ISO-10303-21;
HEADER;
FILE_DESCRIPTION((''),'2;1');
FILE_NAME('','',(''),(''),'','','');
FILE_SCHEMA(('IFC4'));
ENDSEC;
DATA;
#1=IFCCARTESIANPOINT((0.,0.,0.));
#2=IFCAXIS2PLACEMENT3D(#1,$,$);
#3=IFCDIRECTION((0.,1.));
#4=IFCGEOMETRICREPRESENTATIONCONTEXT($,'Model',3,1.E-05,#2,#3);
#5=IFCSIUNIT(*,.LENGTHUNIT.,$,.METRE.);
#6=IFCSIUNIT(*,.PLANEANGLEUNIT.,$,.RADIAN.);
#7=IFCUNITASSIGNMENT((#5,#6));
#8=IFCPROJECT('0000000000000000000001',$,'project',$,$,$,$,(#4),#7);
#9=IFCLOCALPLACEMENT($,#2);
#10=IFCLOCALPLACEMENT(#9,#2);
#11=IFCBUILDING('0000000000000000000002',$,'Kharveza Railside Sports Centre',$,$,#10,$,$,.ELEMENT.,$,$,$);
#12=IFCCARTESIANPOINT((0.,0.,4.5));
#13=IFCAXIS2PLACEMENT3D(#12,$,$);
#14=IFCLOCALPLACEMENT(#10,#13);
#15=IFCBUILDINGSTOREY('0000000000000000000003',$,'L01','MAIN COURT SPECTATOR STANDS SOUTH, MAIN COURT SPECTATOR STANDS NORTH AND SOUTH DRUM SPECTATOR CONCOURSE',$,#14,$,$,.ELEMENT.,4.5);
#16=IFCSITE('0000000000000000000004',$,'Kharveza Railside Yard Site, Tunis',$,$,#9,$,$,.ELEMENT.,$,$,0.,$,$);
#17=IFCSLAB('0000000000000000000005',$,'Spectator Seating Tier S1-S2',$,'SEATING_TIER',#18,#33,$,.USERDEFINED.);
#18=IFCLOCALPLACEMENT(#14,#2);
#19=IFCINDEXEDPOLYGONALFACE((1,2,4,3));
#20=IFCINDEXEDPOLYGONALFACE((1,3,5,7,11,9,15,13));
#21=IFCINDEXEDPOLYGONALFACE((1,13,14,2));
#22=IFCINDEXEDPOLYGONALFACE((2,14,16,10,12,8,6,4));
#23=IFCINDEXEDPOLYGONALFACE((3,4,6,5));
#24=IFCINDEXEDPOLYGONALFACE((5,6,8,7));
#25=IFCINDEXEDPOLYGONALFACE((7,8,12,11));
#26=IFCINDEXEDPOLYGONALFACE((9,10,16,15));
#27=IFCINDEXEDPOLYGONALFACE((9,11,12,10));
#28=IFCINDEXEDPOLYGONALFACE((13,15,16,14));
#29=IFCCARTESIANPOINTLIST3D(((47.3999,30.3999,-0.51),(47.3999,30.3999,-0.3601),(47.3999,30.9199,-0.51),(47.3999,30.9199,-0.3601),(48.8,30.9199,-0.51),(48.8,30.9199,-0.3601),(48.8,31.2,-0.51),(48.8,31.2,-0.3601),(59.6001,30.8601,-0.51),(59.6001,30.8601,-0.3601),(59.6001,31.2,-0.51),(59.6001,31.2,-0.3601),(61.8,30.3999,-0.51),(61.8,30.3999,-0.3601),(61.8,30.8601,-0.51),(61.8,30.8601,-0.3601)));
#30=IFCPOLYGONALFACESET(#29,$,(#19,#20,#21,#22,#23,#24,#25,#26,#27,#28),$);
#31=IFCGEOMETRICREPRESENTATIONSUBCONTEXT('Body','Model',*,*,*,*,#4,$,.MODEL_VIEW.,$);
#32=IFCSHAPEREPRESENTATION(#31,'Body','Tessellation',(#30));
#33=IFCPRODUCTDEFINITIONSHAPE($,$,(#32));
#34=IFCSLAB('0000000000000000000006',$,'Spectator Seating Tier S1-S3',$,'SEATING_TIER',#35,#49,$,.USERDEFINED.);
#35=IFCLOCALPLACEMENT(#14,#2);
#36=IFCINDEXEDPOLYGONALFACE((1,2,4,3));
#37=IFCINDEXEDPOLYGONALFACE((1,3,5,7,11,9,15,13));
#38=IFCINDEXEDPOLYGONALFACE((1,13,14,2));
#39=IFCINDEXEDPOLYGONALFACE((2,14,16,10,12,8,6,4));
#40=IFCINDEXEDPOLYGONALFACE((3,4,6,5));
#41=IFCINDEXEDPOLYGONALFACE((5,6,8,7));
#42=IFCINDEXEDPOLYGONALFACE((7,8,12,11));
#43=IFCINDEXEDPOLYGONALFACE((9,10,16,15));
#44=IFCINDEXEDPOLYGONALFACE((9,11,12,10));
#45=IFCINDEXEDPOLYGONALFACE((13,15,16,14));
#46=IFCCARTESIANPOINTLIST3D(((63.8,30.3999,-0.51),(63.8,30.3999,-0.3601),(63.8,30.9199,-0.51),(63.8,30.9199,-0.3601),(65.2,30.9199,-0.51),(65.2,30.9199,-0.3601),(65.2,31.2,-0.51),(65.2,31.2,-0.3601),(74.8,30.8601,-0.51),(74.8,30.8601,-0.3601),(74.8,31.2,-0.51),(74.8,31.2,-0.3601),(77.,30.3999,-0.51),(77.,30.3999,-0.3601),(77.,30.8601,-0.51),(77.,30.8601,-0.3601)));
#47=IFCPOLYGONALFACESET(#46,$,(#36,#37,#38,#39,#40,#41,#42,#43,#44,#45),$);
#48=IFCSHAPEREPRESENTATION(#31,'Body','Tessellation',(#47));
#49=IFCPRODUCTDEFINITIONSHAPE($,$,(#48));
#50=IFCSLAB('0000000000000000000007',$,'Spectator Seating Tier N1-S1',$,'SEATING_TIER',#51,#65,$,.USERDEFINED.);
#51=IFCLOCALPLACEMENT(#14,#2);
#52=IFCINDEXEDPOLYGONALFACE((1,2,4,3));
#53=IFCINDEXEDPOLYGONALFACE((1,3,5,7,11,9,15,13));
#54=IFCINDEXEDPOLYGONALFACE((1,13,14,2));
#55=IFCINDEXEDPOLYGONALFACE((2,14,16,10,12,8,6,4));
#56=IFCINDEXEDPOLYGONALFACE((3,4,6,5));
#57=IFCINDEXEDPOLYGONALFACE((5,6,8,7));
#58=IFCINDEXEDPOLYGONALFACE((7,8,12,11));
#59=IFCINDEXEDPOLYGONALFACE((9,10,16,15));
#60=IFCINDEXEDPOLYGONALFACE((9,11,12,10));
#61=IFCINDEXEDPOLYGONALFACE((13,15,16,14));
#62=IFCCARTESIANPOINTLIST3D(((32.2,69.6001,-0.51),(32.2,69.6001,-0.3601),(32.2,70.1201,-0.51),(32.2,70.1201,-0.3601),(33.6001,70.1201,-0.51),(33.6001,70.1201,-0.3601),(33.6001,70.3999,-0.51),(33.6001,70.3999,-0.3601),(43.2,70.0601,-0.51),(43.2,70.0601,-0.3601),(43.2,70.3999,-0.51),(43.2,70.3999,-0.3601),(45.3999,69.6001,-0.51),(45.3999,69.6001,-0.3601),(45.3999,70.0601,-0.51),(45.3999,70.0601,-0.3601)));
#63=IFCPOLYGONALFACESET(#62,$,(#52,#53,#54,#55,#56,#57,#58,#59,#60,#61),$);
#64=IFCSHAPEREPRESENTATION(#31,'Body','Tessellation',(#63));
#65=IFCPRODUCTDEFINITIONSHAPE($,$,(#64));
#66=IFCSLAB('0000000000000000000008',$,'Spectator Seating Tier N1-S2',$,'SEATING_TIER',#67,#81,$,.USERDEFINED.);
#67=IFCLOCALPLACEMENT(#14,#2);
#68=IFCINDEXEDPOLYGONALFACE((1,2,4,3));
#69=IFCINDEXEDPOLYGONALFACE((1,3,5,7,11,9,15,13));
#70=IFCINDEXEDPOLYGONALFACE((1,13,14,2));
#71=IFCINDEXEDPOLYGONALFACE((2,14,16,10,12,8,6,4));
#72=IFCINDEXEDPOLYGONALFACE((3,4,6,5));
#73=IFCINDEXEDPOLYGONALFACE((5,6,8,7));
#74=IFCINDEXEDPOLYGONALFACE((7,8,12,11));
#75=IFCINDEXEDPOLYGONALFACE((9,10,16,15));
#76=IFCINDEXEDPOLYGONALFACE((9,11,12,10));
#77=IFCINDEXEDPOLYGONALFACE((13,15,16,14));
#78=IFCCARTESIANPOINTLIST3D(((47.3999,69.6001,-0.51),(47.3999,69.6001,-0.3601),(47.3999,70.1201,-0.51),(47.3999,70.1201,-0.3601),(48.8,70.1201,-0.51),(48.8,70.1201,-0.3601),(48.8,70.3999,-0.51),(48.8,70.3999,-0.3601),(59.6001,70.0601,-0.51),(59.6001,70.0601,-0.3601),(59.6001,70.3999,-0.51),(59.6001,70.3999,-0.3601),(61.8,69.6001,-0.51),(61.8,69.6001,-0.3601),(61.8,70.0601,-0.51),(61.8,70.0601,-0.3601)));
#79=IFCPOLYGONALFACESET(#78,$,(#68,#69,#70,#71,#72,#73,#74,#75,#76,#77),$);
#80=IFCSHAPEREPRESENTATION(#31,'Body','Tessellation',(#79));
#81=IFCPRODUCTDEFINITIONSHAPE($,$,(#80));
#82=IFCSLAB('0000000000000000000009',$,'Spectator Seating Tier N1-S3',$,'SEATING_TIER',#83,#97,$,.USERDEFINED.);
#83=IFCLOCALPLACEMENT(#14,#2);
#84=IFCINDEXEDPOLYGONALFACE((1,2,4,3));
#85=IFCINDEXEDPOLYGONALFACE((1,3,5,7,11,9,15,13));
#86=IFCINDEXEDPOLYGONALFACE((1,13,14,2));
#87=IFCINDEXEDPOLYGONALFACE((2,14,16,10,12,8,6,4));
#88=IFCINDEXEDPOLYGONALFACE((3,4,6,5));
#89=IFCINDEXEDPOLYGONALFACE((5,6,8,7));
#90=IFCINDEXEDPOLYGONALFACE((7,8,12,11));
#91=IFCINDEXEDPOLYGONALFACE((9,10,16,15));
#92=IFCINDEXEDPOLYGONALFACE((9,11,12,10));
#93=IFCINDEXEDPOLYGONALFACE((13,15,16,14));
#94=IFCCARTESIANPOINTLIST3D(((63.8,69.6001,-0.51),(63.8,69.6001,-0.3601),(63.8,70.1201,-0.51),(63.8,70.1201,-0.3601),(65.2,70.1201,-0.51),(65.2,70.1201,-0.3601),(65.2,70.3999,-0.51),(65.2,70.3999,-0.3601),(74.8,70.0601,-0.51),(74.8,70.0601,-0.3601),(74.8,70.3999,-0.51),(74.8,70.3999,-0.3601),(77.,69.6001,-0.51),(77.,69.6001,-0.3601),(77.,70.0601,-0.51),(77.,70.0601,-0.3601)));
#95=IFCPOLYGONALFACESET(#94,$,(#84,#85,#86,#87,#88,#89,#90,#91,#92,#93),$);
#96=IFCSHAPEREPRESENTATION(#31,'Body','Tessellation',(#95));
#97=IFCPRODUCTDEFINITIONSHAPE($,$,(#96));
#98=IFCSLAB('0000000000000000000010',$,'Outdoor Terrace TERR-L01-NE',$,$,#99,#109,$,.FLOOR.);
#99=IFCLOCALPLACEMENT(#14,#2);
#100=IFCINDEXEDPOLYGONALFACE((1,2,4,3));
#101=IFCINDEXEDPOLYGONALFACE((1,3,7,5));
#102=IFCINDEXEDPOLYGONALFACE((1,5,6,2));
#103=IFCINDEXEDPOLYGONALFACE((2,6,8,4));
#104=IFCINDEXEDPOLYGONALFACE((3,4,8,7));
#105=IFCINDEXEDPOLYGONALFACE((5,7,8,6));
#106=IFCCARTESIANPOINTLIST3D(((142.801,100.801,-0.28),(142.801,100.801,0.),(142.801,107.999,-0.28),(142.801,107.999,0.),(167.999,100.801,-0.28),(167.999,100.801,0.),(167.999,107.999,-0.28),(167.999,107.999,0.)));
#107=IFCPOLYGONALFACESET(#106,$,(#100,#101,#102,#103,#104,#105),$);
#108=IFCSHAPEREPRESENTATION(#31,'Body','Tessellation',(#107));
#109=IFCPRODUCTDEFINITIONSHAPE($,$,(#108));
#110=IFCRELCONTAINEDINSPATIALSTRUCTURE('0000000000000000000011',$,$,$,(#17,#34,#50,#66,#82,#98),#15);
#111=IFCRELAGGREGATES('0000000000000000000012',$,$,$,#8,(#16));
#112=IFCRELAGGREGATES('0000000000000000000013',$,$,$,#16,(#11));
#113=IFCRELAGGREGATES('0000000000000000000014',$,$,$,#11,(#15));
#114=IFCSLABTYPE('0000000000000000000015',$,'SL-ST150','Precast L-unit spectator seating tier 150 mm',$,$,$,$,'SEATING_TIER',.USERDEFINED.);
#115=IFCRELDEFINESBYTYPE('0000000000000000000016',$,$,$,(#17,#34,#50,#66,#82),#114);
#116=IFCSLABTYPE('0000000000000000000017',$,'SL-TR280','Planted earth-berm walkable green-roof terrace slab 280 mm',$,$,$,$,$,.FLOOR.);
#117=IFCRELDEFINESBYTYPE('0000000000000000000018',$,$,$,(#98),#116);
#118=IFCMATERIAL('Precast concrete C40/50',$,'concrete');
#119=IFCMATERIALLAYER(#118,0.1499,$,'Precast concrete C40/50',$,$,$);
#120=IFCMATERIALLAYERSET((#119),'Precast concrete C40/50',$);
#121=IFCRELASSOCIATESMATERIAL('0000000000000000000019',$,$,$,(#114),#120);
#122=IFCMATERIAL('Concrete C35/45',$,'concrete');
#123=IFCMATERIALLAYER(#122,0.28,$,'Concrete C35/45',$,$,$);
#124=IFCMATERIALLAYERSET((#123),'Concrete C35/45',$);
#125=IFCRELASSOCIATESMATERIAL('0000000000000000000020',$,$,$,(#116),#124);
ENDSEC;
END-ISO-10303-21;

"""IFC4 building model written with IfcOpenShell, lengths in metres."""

from ifc_helpers import new_model, si_unit, direction, frame, origin, place, context, subcontext, project, spatial, polyline, outline, extrude, material, layer, layer_set, type_object, element, save


model = new_model("IFC4")

# Units and contexts
model_context = context("Model", 3, precision=1e-05, world=origin(), true_north=direction((0.0, 1.0)))
body_context = subcontext(model_context, "Body", "Model", "MODEL_VIEW")
ifc_project = project(units=[si_unit("LENGTHUNIT", "METRE"), si_unit("PLANEANGLEUNIT", "RADIAN")], contexts=[model_context])

# Site, building, storey
site_placement = place(None, origin())
site = spatial("IfcSite", under=ifc_project, at=site_placement, Name="Kharveza Railside Yard Site, Tunis", CompositionType="ELEMENT", RefElevation=0.0)
building_placement = place(site_placement, origin())
building = spatial("IfcBuilding", under=site, at=building_placement, Name="Kharveza Railside Sports Centre", CompositionType="ELEMENT")
storey_placement = place(building_placement, frame((0.0, 0.0, 4.5)))
storey = spatial("IfcBuildingStorey", under=building, at=storey_placement, Name="L01", Description="MAIN COURT SPECTATOR STANDS SOUTH, MAIN COURT SPECTATOR STANDS NORTH AND SOUTH DRUM SPECTATOR CONCOURSE", CompositionType="ELEMENT", Elevation=4.5)

# Shared definitions
ifc_material_1 = material(Name="Concrete C35/45", Category="concrete")

# Slabs
ifc_material_2 = material(Name="Precast concrete C40/50", Category="concrete")
ifc_layer_1 = layer(ifc_material_2, 0.1499, Name="Precast concrete C40/50")
ifc_layer_set_1 = layer_set([ifc_layer_1], Name="Precast concrete C40/50")
slab_type_1 = type_object("IfcSlabType", Name="SL-ST150", Description="Precast L-unit spectator seating tier 150 mm", ElementType="SEATING_TIER", PredefinedType="USERDEFINED", material=ifc_layer_set_1)
slab_1_placement = place(storey_placement, frame((0.0, 0.0, -0.51)))
element("IfcSlab", 1, at=slab_1_placement, inside=storey, type_object=slab_type_1, Name="Spectator Seating Tier S1-S2", ObjectType="SEATING_TIER", PredefinedType="USERDEFINED", context=body_context, shape_type="SweptSolid", body=[
    extrude(outline(polyline([(47.3999, 30.3999), (61.8, 30.3999), (61.8, 30.8601), (59.6001, 30.8601), (59.6001, 31.2), (48.8, 31.2), (48.8, 30.9199), (47.3999, 30.9199), (47.3999, 30.3999)])), origin(), (0.0, 0.0, 1.0), 0.1499),
])
slab_2_placement = place(storey_placement, frame((0.0, 0.0, -0.51)))
element("IfcSlab", 2, at=slab_2_placement, inside=storey, type_object=slab_type_1, Name="Spectator Seating Tier S1-S3", ObjectType="SEATING_TIER", PredefinedType="USERDEFINED", context=body_context, shape_type="SweptSolid", body=[
    extrude(outline(polyline([(63.8, 30.3999), (77.0, 30.3999), (77.0, 30.8601), (74.8, 30.8601), (74.8, 31.2), (65.2, 31.2), (65.2, 30.9199), (63.8, 30.9199), (63.8, 30.3999)])), origin(), (0.0, 0.0, 1.0), 0.1499),
])
slab_3_placement = place(storey_placement, frame((0.0, 0.0, -0.51)))
element("IfcSlab", 3, at=slab_3_placement, inside=storey, type_object=slab_type_1, Name="Spectator Seating Tier N1-S1", ObjectType="SEATING_TIER", PredefinedType="USERDEFINED", context=body_context, shape_type="SweptSolid", body=[
    extrude(outline(polyline([(32.2, 69.6001), (45.3999, 69.6001), (45.3999, 70.0601), (43.2, 70.0601), (43.2, 70.3999), (33.6001, 70.3999), (33.6001, 70.1201), (32.2, 70.1201), (32.2, 69.6001)])), origin(), (0.0, 0.0, 1.0), 0.1499),
])
slab_4_placement = place(storey_placement, frame((0.0, 0.0, -0.51)))
element("IfcSlab", 4, at=slab_4_placement, inside=storey, type_object=slab_type_1, Name="Spectator Seating Tier N1-S2", ObjectType="SEATING_TIER", PredefinedType="USERDEFINED", context=body_context, shape_type="SweptSolid", body=[
    extrude(outline(polyline([(47.3999, 69.6001), (61.8, 69.6001), (61.8, 70.0601), (59.6001, 70.0601), (59.6001, 70.3999), (48.8, 70.3999), (48.8, 70.1201), (47.3999, 70.1201), (47.3999, 69.6001)])), origin(), (0.0, 0.0, 1.0), 0.1499),
])
slab_5_placement = place(storey_placement, frame((0.0, 0.0, -0.51)))
element("IfcSlab", 5, at=slab_5_placement, inside=storey, type_object=slab_type_1, Name="Spectator Seating Tier N1-S3", ObjectType="SEATING_TIER", PredefinedType="USERDEFINED", context=body_context, shape_type="SweptSolid", body=[
    extrude(outline(polyline([(63.8, 69.6001), (77.0, 69.6001), (77.0, 70.0601), (74.8, 70.0601), (74.8, 70.3999), (65.2, 70.3999), (65.2, 70.1201), (63.8, 70.1201), (63.8, 69.6001)])), origin(), (0.0, 0.0, 1.0), 0.1499),
])
ifc_layer_2 = layer(ifc_material_1, 0.28, Name="Concrete C35/45")
ifc_layer_set_2 = layer_set([ifc_layer_2], Name="Concrete C35/45")
slab_type_2 = type_object("IfcSlabType", Name="SL-TR280", Description="Planted earth-berm walkable green-roof terrace slab 280 mm", PredefinedType="FLOOR", material=ifc_layer_set_2)
slab_6_placement = place(storey_placement, frame((0.0, 0.0, -0.28)))
element("IfcSlab", 6, at=slab_6_placement, inside=storey, type_object=slab_type_2, Name="Outdoor Terrace TERR-L01-NE", PredefinedType="FLOOR", context=body_context, shape_type="SweptSolid", body=[
    extrude(outline(polyline([(142.801, 107.999), (167.999, 107.999), (167.999, 100.801), (142.801, 100.801), (142.801, 107.999)])), origin(), (0.0, 0.0, 1.0), 0.28),
])

save(model, "model.ifc")
